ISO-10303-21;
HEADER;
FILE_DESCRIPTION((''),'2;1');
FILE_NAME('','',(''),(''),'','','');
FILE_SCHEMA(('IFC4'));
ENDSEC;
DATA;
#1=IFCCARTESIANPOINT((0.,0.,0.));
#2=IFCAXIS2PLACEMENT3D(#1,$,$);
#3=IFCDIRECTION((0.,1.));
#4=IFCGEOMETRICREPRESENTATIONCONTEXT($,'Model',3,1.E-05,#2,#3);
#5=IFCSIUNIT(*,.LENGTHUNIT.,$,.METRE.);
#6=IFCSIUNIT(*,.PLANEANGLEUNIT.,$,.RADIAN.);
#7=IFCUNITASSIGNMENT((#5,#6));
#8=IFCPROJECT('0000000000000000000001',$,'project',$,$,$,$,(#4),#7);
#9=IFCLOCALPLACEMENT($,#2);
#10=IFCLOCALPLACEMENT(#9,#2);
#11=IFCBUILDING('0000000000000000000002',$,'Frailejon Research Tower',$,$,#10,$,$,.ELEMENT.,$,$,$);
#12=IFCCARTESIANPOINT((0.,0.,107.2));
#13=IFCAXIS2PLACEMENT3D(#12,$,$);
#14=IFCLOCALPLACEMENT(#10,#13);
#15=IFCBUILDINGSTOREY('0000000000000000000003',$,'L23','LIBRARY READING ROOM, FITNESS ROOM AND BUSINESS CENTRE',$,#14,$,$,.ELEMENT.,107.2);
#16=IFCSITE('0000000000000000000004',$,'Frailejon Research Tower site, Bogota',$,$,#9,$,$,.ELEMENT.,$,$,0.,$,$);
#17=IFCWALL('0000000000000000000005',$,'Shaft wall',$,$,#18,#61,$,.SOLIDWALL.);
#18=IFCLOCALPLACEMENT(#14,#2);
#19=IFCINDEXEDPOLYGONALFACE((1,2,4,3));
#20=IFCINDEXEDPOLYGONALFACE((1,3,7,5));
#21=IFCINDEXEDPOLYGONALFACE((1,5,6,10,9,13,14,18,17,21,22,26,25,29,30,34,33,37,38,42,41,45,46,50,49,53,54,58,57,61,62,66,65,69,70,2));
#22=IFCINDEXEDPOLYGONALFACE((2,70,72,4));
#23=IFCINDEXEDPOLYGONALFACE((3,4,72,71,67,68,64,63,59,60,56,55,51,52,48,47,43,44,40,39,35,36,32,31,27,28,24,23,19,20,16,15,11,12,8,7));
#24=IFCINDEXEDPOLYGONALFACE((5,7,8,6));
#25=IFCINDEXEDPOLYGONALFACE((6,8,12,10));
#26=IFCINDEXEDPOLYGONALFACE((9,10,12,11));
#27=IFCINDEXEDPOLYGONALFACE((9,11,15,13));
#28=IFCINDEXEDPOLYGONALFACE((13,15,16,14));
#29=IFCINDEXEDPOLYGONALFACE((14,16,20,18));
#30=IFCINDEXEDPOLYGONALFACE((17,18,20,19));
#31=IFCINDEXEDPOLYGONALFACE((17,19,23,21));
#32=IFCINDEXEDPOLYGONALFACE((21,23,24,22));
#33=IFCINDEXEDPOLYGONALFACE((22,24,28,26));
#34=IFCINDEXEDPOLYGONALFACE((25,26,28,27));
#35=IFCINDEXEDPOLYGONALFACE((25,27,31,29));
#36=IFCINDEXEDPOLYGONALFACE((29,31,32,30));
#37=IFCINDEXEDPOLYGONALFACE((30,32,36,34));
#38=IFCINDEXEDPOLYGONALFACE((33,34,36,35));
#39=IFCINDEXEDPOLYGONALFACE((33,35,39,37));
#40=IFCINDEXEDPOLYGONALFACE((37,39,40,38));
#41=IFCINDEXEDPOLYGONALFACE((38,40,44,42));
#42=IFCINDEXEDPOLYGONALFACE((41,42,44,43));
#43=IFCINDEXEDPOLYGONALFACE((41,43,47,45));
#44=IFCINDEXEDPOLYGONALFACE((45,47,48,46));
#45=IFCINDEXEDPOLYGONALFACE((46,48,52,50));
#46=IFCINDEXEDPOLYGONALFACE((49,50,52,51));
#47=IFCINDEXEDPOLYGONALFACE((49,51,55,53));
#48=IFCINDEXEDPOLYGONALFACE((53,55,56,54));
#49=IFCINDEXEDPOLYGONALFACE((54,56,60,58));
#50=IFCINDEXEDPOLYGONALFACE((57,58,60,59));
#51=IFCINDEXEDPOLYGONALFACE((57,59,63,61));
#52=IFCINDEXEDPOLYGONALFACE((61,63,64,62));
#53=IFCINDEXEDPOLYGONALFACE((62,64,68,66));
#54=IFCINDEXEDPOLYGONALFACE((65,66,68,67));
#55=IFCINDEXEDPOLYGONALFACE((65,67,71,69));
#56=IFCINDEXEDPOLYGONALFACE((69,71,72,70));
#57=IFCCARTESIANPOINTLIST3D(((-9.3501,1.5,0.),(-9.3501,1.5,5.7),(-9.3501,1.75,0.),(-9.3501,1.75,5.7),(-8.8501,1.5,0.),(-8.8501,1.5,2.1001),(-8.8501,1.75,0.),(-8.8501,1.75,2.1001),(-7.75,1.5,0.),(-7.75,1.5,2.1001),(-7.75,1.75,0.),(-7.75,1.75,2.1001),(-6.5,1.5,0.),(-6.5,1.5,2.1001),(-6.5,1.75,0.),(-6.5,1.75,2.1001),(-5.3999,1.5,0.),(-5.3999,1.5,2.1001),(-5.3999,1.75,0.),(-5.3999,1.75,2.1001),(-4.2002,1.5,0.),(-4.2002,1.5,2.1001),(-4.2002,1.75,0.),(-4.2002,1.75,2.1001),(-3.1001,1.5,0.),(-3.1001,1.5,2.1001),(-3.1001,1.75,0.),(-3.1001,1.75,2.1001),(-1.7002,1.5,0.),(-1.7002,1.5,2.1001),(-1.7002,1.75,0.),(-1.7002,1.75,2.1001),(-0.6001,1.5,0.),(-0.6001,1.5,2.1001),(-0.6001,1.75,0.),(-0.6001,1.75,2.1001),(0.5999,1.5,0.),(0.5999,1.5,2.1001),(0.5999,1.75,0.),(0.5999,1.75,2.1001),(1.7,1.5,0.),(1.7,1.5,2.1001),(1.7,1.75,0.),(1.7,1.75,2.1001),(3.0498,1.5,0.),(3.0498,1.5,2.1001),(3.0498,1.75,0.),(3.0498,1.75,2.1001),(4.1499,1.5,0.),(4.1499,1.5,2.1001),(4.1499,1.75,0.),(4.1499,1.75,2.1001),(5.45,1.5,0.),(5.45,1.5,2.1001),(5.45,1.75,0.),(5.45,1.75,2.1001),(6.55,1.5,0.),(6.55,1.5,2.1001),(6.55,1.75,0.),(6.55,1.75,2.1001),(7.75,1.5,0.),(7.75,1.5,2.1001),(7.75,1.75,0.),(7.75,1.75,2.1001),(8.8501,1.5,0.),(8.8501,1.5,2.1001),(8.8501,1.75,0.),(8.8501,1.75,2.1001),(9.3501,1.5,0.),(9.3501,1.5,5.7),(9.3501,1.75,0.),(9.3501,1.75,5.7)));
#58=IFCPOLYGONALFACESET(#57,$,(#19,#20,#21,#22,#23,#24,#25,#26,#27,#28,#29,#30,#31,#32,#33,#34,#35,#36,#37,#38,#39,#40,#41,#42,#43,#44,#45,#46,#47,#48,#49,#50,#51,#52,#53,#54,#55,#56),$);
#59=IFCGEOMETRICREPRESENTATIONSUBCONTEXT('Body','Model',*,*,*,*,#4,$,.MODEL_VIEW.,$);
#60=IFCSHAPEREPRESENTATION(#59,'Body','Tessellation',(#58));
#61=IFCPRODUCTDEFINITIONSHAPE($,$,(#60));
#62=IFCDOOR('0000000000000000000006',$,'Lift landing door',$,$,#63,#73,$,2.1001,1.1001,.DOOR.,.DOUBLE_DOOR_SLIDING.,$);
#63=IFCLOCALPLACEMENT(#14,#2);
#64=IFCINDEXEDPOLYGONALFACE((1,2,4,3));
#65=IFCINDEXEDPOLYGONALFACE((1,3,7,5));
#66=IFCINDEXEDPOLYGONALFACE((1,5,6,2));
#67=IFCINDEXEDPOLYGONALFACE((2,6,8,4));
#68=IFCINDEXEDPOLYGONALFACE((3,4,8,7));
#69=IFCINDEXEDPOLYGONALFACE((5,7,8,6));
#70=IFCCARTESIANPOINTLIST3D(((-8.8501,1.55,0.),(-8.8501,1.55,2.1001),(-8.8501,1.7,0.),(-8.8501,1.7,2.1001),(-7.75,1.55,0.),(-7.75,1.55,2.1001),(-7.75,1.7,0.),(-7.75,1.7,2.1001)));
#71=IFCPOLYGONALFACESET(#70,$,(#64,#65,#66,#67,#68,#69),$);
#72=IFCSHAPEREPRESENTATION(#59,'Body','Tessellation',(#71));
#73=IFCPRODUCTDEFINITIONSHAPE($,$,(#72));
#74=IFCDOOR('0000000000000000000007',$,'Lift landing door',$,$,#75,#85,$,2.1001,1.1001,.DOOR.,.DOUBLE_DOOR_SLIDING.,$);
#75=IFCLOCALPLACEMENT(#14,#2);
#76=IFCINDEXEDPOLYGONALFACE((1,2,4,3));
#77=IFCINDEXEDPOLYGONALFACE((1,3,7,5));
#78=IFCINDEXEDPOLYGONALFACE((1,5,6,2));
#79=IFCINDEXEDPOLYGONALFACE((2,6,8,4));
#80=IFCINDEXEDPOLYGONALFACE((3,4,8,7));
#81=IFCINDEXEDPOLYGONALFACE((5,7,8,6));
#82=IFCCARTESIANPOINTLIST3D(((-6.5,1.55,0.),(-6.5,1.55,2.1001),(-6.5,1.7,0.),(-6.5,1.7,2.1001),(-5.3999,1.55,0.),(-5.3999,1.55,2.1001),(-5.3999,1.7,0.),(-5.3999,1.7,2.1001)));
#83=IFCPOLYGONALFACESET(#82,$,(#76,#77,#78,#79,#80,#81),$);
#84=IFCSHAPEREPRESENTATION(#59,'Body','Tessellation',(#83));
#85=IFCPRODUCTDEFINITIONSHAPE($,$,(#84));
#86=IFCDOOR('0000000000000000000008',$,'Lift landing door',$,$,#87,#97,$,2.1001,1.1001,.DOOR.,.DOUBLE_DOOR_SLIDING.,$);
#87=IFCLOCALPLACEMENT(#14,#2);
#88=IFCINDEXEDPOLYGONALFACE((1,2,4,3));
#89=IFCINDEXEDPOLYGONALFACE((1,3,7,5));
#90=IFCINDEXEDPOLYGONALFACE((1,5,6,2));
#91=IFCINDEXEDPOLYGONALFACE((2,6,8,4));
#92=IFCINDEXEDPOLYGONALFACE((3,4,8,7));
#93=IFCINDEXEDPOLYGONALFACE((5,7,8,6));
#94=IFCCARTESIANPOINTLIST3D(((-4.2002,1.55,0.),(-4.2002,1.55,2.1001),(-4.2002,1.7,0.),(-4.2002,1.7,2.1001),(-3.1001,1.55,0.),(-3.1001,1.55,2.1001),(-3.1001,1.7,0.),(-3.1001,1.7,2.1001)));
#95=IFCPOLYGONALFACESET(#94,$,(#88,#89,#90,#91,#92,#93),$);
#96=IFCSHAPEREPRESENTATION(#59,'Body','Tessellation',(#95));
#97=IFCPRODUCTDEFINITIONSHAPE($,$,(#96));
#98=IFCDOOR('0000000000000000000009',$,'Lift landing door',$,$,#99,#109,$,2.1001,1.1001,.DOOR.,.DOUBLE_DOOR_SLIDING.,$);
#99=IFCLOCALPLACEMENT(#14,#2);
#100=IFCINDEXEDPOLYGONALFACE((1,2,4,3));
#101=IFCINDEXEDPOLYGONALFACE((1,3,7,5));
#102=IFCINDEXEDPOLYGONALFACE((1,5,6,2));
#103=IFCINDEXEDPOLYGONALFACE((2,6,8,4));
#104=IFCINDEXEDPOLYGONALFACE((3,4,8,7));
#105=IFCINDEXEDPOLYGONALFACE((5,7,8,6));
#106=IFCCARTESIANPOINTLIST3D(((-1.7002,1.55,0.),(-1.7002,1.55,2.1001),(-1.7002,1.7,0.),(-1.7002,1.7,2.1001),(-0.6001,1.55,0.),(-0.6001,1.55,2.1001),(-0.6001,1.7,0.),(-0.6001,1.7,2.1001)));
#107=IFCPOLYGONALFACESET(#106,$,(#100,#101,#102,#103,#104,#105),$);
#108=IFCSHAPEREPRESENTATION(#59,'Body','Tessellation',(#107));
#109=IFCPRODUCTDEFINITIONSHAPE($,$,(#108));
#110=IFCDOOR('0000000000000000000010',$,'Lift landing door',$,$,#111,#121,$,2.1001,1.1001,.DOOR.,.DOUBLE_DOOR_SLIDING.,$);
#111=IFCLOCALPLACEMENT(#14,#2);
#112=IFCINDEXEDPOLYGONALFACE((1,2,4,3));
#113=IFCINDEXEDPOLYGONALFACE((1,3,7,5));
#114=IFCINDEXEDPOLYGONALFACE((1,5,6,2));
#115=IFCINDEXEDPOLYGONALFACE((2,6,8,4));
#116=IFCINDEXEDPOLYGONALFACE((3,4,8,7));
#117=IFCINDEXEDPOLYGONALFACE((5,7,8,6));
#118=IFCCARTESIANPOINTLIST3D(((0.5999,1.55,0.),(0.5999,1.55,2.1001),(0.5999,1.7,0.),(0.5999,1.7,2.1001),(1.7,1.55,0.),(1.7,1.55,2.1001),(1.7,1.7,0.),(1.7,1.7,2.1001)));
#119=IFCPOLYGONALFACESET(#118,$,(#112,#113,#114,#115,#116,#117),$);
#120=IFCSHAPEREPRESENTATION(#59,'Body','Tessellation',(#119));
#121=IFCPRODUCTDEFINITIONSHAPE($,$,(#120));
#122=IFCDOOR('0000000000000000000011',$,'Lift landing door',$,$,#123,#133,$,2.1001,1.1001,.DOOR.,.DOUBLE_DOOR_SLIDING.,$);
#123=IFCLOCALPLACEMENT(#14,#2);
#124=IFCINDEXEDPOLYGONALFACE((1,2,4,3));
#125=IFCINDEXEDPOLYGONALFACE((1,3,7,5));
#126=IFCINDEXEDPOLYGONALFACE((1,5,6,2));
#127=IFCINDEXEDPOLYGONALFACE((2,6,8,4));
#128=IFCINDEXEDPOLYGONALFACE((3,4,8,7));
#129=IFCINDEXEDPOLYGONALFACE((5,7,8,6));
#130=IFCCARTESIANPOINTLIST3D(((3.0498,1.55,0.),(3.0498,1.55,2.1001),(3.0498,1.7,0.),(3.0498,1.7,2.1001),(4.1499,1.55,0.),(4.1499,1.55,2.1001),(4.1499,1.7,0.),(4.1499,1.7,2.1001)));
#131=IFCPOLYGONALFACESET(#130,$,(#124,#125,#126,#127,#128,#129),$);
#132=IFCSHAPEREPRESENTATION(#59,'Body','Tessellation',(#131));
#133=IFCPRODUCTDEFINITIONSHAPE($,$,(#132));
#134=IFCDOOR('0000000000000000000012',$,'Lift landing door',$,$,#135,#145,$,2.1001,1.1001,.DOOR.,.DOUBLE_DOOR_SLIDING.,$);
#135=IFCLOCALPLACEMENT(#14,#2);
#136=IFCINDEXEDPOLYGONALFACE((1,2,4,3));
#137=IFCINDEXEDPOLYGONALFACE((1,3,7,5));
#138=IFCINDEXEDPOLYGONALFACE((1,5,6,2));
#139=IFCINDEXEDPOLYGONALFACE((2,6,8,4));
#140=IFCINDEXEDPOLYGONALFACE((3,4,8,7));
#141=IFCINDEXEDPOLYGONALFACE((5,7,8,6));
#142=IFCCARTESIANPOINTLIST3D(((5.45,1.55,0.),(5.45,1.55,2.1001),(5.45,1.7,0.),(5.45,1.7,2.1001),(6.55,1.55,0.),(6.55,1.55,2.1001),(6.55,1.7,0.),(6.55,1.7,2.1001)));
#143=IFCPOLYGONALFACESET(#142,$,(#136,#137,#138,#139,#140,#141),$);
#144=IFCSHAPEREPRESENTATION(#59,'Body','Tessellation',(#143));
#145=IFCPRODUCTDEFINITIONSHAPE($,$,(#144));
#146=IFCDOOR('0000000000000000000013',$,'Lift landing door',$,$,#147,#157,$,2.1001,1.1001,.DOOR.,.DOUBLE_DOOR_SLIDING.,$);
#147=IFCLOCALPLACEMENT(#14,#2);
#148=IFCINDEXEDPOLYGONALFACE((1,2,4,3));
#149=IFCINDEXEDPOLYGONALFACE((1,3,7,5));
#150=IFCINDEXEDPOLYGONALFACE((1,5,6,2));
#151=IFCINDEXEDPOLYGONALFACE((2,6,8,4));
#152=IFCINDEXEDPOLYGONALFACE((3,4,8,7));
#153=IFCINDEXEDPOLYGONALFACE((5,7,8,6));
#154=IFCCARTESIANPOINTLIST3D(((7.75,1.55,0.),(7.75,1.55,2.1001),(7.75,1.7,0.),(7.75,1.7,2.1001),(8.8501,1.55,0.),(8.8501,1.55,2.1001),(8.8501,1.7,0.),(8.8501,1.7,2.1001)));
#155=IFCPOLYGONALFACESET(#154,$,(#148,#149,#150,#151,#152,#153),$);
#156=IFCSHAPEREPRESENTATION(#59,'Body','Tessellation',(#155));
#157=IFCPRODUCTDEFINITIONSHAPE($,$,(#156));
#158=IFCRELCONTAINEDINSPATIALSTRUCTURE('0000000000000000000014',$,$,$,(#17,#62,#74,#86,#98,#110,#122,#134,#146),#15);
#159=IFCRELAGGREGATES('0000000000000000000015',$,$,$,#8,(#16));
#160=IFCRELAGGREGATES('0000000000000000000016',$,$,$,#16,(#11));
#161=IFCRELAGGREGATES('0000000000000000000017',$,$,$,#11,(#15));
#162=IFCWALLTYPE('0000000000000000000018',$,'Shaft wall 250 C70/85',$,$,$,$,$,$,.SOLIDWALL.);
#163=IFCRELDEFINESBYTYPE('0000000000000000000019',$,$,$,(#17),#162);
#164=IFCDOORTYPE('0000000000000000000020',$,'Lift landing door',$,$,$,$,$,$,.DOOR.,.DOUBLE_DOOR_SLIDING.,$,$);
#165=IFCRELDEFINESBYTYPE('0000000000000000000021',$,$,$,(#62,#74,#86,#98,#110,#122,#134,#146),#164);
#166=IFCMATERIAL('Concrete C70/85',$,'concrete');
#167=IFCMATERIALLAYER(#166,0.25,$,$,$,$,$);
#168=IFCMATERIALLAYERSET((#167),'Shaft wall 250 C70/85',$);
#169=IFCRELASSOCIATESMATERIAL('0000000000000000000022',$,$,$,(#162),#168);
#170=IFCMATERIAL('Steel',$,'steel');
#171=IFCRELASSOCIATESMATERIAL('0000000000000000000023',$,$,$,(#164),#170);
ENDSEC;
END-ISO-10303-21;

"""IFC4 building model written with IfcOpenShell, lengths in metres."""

from ifc_helpers import new_model, si_unit, direction, frame, frame_2d, origin, place, context, subcontext, project, spatial, rectangle, extrude, material, layer, layer_set, type_object, element, fill, save


model = new_model("IFC4")

# Units and contexts
model_context = context("Model", 3, precision=1e-05, world=origin(), true_north=direction((0.0, 1.0)))
body_context = subcontext(model_context, "Body", "Model", "MODEL_VIEW")
ifc_project = project(units=[si_unit("LENGTHUNIT", "METRE"), si_unit("PLANEANGLEUNIT", "RADIAN")], contexts=[model_context])

# Site, building, storey
site_placement = place(None, origin())
site = spatial("IfcSite", under=ifc_project, at=site_placement, Name="Frailejon Research Tower site, Bogota", CompositionType="ELEMENT", RefElevation=0.0)
building_placement = place(site_placement, origin())
building = spatial("IfcBuilding", under=site, at=building_placement, Name="Frailejon Research Tower", CompositionType="ELEMENT")
storey_placement = place(building_placement, frame((0.0, 0.0, 107.2)))
storey = spatial("IfcBuildingStorey", under=building, at=storey_placement, Name="L23", Description="LIBRARY READING ROOM, FITNESS ROOM AND BUSINESS CENTRE", CompositionType="ELEMENT", Elevation=107.2)

# Shared definitions
ifc_material_1 = material(Name="Concrete C70/85", Category="concrete")
ifc_layer = layer(ifc_material_1, 0.25)
ifc_layer_set = layer_set([ifc_layer], Name="Shaft wall 250 C70/85")
wall_type = type_object("IfcWallType", Name="Shaft wall 250 C70/85", PredefinedType="SOLIDWALL", material=ifc_layer_set)
ifc_material_2 = material(Name="Steel", Category="steel")
door_type = type_object("IfcDoorType", Name="Lift landing door", OperationType="DOUBLE_DOOR_SLIDING", PredefinedType="DOOR", material=ifc_material_2)

# Wall, openings, doors
wall_1_placement = place(storey_placement, frame((-9.3501, 1.625, 0.0), z_axis=(0.0, 0.0, 1.0), x_axis=(1.0, 0.0, 0.0)))
wall_1 = element("IfcWall", 1, at=wall_1_placement, inside=storey, type_object=wall_type, Name="Shaft wall", PredefinedType="SOLIDWALL", context=body_context, shape_type="SweptSolid", body=[
    extrude(rectangle(XDim=18.7002, YDim=0.25, at=frame_2d((9.3501, 0.0))), origin(), (0.0, 0.0, 1.0), 5.7),
])
opening_1_placement = place(wall_1_placement, frame((0.5, 0.0, 0.0)))
opening_1 = element("IfcOpeningElement", 2, at=opening_1_placement, cuts=wall_1, PredefinedType="OPENING", context=body_context, shape_type="SweptSolid", body=[
    extrude(rectangle(XDim=1.1001, YDim=2.1001, at=frame_2d((0.55, 1.05))), frame((0.0, 0.135, 0.0), z_axis=(0.0, -1.0, 0.0), x_axis=(1.0, 0.0, 0.0)), (0.0, 0.0, 1.0), 0.27),
])
opening_2_placement = place(wall_1_placement, frame((2.8501, 0.0, 0.0)))
opening_2 = element("IfcOpeningElement", 3, at=opening_2_placement, cuts=wall_1, PredefinedType="OPENING", context=body_context, shape_type="SweptSolid", body=[
    extrude(rectangle(XDim=1.1001, YDim=2.1001, at=frame_2d((0.55, 1.05))), frame((0.0, 0.135, 0.0), z_axis=(0.0, -1.0, 0.0), x_axis=(1.0, 0.0, 0.0)), (0.0, 0.0, 1.0), 0.27),
])
opening_3_placement = place(wall_1_placement, frame((5.1499, 0.0, 0.0)))
opening_3 = element("IfcOpeningElement", 4, at=opening_3_placement, cuts=wall_1, PredefinedType="OPENING", context=body_context, shape_type="SweptSolid", body=[
    extrude(rectangle(XDim=1.1001, YDim=2.1001, at=frame_2d((0.55, 1.05))), frame((0.0, 0.135, 0.0), z_axis=(0.0, -1.0, 0.0), x_axis=(1.0, 0.0, 0.0)), (0.0, 0.0, 1.0), 0.27),
])
opening_4_placement = place(wall_1_placement, frame((7.6499, 0.0, 0.0)))
opening_4 = element("IfcOpeningElement", 5, at=opening_4_placement, cuts=wall_1, PredefinedType="OPENING", context=body_context, shape_type="SweptSolid", body=[
    extrude(rectangle(XDim=1.1001, YDim=2.1001, at=frame_2d((0.55, 1.05))), frame((0.0, 0.135, 0.0), z_axis=(0.0, -1.0, 0.0), x_axis=(1.0, 0.0, 0.0)), (0.0, 0.0, 1.0), 0.27),
])
opening_5_placement = place(wall_1_placement, frame((9.95, 0.0, 0.0)))
opening_5 = element("IfcOpeningElement", 6, at=opening_5_placement, cuts=wall_1, PredefinedType="OPENING", context=body_context, shape_type="SweptSolid", body=[
    extrude(rectangle(XDim=1.1001, YDim=2.1001, at=frame_2d((0.55, 1.05))), frame((0.0, 0.135, 0.0), z_axis=(0.0, -1.0, 0.0), x_axis=(1.0, 0.0, 0.0)), (0.0, 0.0, 1.0), 0.27),
])
opening_6_placement = place(wall_1_placement, frame((12.3999, 0.0, 0.0)))
opening_6 = element("IfcOpeningElement", 7, at=opening_6_placement, cuts=wall_1, PredefinedType="OPENING", context=body_context, shape_type="SweptSolid", body=[
    extrude(rectangle(XDim=1.1001, YDim=2.1001, at=frame_2d((0.55, 1.05))), frame((0.0, 0.135, 0.0), z_axis=(0.0, -1.0, 0.0), x_axis=(1.0, 0.0, 0.0)), (0.0, 0.0, 1.0), 0.27),
])
opening_7_placement = place(wall_1_placement, frame((14.8, 0.0, 0.0)))
opening_7 = element("IfcOpeningElement", 8, at=opening_7_placement, cuts=wall_1, PredefinedType="OPENING", context=body_context, shape_type="SweptSolid", body=[
    extrude(rectangle(XDim=1.1001, YDim=2.1001, at=frame_2d((0.55, 1.05))), frame((0.0, 0.135, 0.0), z_axis=(0.0, -1.0, 0.0), x_axis=(1.0, 0.0, 0.0)), (0.0, 0.0, 1.0), 0.27),
])
opening_8_placement = place(wall_1_placement, frame((17.1001, 0.0, 0.0)))
opening_8 = element("IfcOpeningElement", 9, at=opening_8_placement, cuts=wall_1, PredefinedType="OPENING", context=body_context, shape_type="SweptSolid", body=[
    extrude(rectangle(XDim=1.1001, YDim=2.1001, at=frame_2d((0.55, 1.05))), frame((0.0, 0.135, 0.0), z_axis=(0.0, -1.0, 0.0), x_axis=(1.0, 0.0, 0.0)), (0.0, 0.0, 1.0), 0.27),
])
door_1_placement = place(opening_1_placement, origin())
door_1 = element("IfcDoor", 10, at=door_1_placement, inside=storey, type_object=door_type, Name="Lift landing door", OperationType="DOUBLE_DOOR_SLIDING", OverallHeight=2.1001, OverallWidth=1.1001, PredefinedType="DOOR", context=body_context, shape_type="SweptSolid", body=[
    extrude(rectangle(XDim=1.1001, YDim=2.1001, at=frame_2d((0.55, 1.05))), frame((0.0, 0.075, 0.0), z_axis=(0.0, -1.0, 0.0), x_axis=(1.0, 0.0, 0.0)), (0.0, 0.0, 1.0), 0.1499),
])
fill(opening_1, door_1)
door_2_placement = place(opening_2_placement, origin())
door_2 = element("IfcDoor", 11, at=door_2_placement, inside=storey, type_object=door_type, Name="Lift landing door", OperationType="DOUBLE_DOOR_SLIDING", OverallHeight=2.1001, OverallWidth=1.1001, PredefinedType="DOOR", context=body_context, shape_type="SweptSolid", body=[
    extrude(rectangle(XDim=1.1001, YDim=2.1001, at=frame_2d((0.55, 1.05))), frame((0.0, 0.075, 0.0), z_axis=(0.0, -1.0, 0.0), x_axis=(1.0, 0.0, 0.0)), (0.0, 0.0, 1.0), 0.1499),
])
fill(opening_2, door_2)
door_3_placement = place(opening_3_placement, origin())
door_3 = element("IfcDoor", 12, at=door_3_placement, inside=storey, type_object=door_type, Name="Lift landing door", OperationType="DOUBLE_DOOR_SLIDING", OverallHeight=2.1001, OverallWidth=1.1001, PredefinedType="DOOR", context=body_context, shape_type="SweptSolid", body=[
    extrude(rectangle(XDim=1.1001, YDim=2.1001, at=frame_2d((0.55, 1.05))), frame((0.0, 0.075, 0.0), z_axis=(0.0, -1.0, 0.0), x_axis=(1.0, 0.0, 0.0)), (0.0, 0.0, 1.0), 0.1499),
])
fill(opening_3, door_3)
door_4_placement = place(opening_4_placement, origin())
door_4 = element("IfcDoor", 13, at=door_4_placement, inside=storey, type_object=door_type, Name="Lift landing door", OperationType="DOUBLE_DOOR_SLIDING", OverallHeight=2.1001, OverallWidth=1.1001, PredefinedType="DOOR", context=body_context, shape_type="SweptSolid", body=[
    extrude(rectangle(XDim=1.1001, YDim=2.1001, at=frame_2d((0.55, 1.05))), frame((0.0, 0.075, 0.0), z_axis=(0.0, -1.0, 0.0), x_axis=(1.0, 0.0, 0.0)), (0.0, 0.0, 1.0), 0.1499),
])
fill(opening_4, door_4)
door_5_placement = place(opening_5_placement, origin())
door_5 = element("IfcDoor", 14, at=door_5_placement, inside=storey, type_object=door_type, Name="Lift landing door", OperationType="DOUBLE_DOOR_SLIDING", OverallHeight=2.1001, OverallWidth=1.1001, PredefinedType="DOOR", context=body_context, shape_type="SweptSolid", body=[
    extrude(rectangle(XDim=1.1001, YDim=2.1001, at=frame_2d((0.55, 1.05))), frame((0.0, 0.075, 0.0), z_axis=(0.0, -1.0, 0.0), x_axis=(1.0, 0.0, 0.0)), (0.0, 0.0, 1.0), 0.1499),
])
fill(opening_5, door_5)
door_6_placement = place(opening_6_placement, origin())
door_6 = element("IfcDoor", 15, at=door_6_placement, inside=storey, type_object=door_type, Name="Lift landing door", OperationType="DOUBLE_DOOR_SLIDING", OverallHeight=2.1001, OverallWidth=1.1001, PredefinedType="DOOR", context=body_context, shape_type="SweptSolid", body=[
    extrude(rectangle(XDim=1.1001, YDim=2.1001, at=frame_2d((0.55, 1.05))), frame((0.0, 0.075, 0.0), z_axis=(0.0, -1.0, 0.0), x_axis=(1.0, 0.0, 0.0)), (0.0, 0.0, 1.0), 0.1499),
])
fill(opening_6, door_6)
door_7_placement = place(opening_7_placement, origin())
door_7 = element("IfcDoor", 16, at=door_7_placement, inside=storey, type_object=door_type, Name="Lift landing door", OperationType="DOUBLE_DOOR_SLIDING", OverallHeight=2.1001, OverallWidth=1.1001, PredefinedType="DOOR", context=body_context, shape_type="SweptSolid", body=[
    extrude(rectangle(XDim=1.1001, YDim=2.1001, at=frame_2d((0.55, 1.05))), frame((0.0, 0.075, 0.0), z_axis=(0.0, -1.0, 0.0), x_axis=(1.0, 0.0, 0.0)), (0.0, 0.0, 1.0), 0.1499),
])
fill(opening_7, door_7)
door_8_placement = place(opening_8_placement, origin())
door_8 = element("IfcDoor", 17, at=door_8_placement, inside=storey, type_object=door_type, Name="Lift landing door", OperationType="DOUBLE_DOOR_SLIDING", OverallHeight=2.1001, OverallWidth=1.1001, PredefinedType="DOOR", context=body_context, shape_type="SweptSolid", body=[
    extrude(rectangle(XDim=1.1001, YDim=2.1001, at=frame_2d((0.55, 1.05))), frame((0.0, 0.075, 0.0), z_axis=(0.0, -1.0, 0.0), x_axis=(1.0, 0.0, 0.0)), (0.0, 0.0, 1.0), 0.1499),
])
fill(opening_8, door_8)

save(model, "model.ifc")
